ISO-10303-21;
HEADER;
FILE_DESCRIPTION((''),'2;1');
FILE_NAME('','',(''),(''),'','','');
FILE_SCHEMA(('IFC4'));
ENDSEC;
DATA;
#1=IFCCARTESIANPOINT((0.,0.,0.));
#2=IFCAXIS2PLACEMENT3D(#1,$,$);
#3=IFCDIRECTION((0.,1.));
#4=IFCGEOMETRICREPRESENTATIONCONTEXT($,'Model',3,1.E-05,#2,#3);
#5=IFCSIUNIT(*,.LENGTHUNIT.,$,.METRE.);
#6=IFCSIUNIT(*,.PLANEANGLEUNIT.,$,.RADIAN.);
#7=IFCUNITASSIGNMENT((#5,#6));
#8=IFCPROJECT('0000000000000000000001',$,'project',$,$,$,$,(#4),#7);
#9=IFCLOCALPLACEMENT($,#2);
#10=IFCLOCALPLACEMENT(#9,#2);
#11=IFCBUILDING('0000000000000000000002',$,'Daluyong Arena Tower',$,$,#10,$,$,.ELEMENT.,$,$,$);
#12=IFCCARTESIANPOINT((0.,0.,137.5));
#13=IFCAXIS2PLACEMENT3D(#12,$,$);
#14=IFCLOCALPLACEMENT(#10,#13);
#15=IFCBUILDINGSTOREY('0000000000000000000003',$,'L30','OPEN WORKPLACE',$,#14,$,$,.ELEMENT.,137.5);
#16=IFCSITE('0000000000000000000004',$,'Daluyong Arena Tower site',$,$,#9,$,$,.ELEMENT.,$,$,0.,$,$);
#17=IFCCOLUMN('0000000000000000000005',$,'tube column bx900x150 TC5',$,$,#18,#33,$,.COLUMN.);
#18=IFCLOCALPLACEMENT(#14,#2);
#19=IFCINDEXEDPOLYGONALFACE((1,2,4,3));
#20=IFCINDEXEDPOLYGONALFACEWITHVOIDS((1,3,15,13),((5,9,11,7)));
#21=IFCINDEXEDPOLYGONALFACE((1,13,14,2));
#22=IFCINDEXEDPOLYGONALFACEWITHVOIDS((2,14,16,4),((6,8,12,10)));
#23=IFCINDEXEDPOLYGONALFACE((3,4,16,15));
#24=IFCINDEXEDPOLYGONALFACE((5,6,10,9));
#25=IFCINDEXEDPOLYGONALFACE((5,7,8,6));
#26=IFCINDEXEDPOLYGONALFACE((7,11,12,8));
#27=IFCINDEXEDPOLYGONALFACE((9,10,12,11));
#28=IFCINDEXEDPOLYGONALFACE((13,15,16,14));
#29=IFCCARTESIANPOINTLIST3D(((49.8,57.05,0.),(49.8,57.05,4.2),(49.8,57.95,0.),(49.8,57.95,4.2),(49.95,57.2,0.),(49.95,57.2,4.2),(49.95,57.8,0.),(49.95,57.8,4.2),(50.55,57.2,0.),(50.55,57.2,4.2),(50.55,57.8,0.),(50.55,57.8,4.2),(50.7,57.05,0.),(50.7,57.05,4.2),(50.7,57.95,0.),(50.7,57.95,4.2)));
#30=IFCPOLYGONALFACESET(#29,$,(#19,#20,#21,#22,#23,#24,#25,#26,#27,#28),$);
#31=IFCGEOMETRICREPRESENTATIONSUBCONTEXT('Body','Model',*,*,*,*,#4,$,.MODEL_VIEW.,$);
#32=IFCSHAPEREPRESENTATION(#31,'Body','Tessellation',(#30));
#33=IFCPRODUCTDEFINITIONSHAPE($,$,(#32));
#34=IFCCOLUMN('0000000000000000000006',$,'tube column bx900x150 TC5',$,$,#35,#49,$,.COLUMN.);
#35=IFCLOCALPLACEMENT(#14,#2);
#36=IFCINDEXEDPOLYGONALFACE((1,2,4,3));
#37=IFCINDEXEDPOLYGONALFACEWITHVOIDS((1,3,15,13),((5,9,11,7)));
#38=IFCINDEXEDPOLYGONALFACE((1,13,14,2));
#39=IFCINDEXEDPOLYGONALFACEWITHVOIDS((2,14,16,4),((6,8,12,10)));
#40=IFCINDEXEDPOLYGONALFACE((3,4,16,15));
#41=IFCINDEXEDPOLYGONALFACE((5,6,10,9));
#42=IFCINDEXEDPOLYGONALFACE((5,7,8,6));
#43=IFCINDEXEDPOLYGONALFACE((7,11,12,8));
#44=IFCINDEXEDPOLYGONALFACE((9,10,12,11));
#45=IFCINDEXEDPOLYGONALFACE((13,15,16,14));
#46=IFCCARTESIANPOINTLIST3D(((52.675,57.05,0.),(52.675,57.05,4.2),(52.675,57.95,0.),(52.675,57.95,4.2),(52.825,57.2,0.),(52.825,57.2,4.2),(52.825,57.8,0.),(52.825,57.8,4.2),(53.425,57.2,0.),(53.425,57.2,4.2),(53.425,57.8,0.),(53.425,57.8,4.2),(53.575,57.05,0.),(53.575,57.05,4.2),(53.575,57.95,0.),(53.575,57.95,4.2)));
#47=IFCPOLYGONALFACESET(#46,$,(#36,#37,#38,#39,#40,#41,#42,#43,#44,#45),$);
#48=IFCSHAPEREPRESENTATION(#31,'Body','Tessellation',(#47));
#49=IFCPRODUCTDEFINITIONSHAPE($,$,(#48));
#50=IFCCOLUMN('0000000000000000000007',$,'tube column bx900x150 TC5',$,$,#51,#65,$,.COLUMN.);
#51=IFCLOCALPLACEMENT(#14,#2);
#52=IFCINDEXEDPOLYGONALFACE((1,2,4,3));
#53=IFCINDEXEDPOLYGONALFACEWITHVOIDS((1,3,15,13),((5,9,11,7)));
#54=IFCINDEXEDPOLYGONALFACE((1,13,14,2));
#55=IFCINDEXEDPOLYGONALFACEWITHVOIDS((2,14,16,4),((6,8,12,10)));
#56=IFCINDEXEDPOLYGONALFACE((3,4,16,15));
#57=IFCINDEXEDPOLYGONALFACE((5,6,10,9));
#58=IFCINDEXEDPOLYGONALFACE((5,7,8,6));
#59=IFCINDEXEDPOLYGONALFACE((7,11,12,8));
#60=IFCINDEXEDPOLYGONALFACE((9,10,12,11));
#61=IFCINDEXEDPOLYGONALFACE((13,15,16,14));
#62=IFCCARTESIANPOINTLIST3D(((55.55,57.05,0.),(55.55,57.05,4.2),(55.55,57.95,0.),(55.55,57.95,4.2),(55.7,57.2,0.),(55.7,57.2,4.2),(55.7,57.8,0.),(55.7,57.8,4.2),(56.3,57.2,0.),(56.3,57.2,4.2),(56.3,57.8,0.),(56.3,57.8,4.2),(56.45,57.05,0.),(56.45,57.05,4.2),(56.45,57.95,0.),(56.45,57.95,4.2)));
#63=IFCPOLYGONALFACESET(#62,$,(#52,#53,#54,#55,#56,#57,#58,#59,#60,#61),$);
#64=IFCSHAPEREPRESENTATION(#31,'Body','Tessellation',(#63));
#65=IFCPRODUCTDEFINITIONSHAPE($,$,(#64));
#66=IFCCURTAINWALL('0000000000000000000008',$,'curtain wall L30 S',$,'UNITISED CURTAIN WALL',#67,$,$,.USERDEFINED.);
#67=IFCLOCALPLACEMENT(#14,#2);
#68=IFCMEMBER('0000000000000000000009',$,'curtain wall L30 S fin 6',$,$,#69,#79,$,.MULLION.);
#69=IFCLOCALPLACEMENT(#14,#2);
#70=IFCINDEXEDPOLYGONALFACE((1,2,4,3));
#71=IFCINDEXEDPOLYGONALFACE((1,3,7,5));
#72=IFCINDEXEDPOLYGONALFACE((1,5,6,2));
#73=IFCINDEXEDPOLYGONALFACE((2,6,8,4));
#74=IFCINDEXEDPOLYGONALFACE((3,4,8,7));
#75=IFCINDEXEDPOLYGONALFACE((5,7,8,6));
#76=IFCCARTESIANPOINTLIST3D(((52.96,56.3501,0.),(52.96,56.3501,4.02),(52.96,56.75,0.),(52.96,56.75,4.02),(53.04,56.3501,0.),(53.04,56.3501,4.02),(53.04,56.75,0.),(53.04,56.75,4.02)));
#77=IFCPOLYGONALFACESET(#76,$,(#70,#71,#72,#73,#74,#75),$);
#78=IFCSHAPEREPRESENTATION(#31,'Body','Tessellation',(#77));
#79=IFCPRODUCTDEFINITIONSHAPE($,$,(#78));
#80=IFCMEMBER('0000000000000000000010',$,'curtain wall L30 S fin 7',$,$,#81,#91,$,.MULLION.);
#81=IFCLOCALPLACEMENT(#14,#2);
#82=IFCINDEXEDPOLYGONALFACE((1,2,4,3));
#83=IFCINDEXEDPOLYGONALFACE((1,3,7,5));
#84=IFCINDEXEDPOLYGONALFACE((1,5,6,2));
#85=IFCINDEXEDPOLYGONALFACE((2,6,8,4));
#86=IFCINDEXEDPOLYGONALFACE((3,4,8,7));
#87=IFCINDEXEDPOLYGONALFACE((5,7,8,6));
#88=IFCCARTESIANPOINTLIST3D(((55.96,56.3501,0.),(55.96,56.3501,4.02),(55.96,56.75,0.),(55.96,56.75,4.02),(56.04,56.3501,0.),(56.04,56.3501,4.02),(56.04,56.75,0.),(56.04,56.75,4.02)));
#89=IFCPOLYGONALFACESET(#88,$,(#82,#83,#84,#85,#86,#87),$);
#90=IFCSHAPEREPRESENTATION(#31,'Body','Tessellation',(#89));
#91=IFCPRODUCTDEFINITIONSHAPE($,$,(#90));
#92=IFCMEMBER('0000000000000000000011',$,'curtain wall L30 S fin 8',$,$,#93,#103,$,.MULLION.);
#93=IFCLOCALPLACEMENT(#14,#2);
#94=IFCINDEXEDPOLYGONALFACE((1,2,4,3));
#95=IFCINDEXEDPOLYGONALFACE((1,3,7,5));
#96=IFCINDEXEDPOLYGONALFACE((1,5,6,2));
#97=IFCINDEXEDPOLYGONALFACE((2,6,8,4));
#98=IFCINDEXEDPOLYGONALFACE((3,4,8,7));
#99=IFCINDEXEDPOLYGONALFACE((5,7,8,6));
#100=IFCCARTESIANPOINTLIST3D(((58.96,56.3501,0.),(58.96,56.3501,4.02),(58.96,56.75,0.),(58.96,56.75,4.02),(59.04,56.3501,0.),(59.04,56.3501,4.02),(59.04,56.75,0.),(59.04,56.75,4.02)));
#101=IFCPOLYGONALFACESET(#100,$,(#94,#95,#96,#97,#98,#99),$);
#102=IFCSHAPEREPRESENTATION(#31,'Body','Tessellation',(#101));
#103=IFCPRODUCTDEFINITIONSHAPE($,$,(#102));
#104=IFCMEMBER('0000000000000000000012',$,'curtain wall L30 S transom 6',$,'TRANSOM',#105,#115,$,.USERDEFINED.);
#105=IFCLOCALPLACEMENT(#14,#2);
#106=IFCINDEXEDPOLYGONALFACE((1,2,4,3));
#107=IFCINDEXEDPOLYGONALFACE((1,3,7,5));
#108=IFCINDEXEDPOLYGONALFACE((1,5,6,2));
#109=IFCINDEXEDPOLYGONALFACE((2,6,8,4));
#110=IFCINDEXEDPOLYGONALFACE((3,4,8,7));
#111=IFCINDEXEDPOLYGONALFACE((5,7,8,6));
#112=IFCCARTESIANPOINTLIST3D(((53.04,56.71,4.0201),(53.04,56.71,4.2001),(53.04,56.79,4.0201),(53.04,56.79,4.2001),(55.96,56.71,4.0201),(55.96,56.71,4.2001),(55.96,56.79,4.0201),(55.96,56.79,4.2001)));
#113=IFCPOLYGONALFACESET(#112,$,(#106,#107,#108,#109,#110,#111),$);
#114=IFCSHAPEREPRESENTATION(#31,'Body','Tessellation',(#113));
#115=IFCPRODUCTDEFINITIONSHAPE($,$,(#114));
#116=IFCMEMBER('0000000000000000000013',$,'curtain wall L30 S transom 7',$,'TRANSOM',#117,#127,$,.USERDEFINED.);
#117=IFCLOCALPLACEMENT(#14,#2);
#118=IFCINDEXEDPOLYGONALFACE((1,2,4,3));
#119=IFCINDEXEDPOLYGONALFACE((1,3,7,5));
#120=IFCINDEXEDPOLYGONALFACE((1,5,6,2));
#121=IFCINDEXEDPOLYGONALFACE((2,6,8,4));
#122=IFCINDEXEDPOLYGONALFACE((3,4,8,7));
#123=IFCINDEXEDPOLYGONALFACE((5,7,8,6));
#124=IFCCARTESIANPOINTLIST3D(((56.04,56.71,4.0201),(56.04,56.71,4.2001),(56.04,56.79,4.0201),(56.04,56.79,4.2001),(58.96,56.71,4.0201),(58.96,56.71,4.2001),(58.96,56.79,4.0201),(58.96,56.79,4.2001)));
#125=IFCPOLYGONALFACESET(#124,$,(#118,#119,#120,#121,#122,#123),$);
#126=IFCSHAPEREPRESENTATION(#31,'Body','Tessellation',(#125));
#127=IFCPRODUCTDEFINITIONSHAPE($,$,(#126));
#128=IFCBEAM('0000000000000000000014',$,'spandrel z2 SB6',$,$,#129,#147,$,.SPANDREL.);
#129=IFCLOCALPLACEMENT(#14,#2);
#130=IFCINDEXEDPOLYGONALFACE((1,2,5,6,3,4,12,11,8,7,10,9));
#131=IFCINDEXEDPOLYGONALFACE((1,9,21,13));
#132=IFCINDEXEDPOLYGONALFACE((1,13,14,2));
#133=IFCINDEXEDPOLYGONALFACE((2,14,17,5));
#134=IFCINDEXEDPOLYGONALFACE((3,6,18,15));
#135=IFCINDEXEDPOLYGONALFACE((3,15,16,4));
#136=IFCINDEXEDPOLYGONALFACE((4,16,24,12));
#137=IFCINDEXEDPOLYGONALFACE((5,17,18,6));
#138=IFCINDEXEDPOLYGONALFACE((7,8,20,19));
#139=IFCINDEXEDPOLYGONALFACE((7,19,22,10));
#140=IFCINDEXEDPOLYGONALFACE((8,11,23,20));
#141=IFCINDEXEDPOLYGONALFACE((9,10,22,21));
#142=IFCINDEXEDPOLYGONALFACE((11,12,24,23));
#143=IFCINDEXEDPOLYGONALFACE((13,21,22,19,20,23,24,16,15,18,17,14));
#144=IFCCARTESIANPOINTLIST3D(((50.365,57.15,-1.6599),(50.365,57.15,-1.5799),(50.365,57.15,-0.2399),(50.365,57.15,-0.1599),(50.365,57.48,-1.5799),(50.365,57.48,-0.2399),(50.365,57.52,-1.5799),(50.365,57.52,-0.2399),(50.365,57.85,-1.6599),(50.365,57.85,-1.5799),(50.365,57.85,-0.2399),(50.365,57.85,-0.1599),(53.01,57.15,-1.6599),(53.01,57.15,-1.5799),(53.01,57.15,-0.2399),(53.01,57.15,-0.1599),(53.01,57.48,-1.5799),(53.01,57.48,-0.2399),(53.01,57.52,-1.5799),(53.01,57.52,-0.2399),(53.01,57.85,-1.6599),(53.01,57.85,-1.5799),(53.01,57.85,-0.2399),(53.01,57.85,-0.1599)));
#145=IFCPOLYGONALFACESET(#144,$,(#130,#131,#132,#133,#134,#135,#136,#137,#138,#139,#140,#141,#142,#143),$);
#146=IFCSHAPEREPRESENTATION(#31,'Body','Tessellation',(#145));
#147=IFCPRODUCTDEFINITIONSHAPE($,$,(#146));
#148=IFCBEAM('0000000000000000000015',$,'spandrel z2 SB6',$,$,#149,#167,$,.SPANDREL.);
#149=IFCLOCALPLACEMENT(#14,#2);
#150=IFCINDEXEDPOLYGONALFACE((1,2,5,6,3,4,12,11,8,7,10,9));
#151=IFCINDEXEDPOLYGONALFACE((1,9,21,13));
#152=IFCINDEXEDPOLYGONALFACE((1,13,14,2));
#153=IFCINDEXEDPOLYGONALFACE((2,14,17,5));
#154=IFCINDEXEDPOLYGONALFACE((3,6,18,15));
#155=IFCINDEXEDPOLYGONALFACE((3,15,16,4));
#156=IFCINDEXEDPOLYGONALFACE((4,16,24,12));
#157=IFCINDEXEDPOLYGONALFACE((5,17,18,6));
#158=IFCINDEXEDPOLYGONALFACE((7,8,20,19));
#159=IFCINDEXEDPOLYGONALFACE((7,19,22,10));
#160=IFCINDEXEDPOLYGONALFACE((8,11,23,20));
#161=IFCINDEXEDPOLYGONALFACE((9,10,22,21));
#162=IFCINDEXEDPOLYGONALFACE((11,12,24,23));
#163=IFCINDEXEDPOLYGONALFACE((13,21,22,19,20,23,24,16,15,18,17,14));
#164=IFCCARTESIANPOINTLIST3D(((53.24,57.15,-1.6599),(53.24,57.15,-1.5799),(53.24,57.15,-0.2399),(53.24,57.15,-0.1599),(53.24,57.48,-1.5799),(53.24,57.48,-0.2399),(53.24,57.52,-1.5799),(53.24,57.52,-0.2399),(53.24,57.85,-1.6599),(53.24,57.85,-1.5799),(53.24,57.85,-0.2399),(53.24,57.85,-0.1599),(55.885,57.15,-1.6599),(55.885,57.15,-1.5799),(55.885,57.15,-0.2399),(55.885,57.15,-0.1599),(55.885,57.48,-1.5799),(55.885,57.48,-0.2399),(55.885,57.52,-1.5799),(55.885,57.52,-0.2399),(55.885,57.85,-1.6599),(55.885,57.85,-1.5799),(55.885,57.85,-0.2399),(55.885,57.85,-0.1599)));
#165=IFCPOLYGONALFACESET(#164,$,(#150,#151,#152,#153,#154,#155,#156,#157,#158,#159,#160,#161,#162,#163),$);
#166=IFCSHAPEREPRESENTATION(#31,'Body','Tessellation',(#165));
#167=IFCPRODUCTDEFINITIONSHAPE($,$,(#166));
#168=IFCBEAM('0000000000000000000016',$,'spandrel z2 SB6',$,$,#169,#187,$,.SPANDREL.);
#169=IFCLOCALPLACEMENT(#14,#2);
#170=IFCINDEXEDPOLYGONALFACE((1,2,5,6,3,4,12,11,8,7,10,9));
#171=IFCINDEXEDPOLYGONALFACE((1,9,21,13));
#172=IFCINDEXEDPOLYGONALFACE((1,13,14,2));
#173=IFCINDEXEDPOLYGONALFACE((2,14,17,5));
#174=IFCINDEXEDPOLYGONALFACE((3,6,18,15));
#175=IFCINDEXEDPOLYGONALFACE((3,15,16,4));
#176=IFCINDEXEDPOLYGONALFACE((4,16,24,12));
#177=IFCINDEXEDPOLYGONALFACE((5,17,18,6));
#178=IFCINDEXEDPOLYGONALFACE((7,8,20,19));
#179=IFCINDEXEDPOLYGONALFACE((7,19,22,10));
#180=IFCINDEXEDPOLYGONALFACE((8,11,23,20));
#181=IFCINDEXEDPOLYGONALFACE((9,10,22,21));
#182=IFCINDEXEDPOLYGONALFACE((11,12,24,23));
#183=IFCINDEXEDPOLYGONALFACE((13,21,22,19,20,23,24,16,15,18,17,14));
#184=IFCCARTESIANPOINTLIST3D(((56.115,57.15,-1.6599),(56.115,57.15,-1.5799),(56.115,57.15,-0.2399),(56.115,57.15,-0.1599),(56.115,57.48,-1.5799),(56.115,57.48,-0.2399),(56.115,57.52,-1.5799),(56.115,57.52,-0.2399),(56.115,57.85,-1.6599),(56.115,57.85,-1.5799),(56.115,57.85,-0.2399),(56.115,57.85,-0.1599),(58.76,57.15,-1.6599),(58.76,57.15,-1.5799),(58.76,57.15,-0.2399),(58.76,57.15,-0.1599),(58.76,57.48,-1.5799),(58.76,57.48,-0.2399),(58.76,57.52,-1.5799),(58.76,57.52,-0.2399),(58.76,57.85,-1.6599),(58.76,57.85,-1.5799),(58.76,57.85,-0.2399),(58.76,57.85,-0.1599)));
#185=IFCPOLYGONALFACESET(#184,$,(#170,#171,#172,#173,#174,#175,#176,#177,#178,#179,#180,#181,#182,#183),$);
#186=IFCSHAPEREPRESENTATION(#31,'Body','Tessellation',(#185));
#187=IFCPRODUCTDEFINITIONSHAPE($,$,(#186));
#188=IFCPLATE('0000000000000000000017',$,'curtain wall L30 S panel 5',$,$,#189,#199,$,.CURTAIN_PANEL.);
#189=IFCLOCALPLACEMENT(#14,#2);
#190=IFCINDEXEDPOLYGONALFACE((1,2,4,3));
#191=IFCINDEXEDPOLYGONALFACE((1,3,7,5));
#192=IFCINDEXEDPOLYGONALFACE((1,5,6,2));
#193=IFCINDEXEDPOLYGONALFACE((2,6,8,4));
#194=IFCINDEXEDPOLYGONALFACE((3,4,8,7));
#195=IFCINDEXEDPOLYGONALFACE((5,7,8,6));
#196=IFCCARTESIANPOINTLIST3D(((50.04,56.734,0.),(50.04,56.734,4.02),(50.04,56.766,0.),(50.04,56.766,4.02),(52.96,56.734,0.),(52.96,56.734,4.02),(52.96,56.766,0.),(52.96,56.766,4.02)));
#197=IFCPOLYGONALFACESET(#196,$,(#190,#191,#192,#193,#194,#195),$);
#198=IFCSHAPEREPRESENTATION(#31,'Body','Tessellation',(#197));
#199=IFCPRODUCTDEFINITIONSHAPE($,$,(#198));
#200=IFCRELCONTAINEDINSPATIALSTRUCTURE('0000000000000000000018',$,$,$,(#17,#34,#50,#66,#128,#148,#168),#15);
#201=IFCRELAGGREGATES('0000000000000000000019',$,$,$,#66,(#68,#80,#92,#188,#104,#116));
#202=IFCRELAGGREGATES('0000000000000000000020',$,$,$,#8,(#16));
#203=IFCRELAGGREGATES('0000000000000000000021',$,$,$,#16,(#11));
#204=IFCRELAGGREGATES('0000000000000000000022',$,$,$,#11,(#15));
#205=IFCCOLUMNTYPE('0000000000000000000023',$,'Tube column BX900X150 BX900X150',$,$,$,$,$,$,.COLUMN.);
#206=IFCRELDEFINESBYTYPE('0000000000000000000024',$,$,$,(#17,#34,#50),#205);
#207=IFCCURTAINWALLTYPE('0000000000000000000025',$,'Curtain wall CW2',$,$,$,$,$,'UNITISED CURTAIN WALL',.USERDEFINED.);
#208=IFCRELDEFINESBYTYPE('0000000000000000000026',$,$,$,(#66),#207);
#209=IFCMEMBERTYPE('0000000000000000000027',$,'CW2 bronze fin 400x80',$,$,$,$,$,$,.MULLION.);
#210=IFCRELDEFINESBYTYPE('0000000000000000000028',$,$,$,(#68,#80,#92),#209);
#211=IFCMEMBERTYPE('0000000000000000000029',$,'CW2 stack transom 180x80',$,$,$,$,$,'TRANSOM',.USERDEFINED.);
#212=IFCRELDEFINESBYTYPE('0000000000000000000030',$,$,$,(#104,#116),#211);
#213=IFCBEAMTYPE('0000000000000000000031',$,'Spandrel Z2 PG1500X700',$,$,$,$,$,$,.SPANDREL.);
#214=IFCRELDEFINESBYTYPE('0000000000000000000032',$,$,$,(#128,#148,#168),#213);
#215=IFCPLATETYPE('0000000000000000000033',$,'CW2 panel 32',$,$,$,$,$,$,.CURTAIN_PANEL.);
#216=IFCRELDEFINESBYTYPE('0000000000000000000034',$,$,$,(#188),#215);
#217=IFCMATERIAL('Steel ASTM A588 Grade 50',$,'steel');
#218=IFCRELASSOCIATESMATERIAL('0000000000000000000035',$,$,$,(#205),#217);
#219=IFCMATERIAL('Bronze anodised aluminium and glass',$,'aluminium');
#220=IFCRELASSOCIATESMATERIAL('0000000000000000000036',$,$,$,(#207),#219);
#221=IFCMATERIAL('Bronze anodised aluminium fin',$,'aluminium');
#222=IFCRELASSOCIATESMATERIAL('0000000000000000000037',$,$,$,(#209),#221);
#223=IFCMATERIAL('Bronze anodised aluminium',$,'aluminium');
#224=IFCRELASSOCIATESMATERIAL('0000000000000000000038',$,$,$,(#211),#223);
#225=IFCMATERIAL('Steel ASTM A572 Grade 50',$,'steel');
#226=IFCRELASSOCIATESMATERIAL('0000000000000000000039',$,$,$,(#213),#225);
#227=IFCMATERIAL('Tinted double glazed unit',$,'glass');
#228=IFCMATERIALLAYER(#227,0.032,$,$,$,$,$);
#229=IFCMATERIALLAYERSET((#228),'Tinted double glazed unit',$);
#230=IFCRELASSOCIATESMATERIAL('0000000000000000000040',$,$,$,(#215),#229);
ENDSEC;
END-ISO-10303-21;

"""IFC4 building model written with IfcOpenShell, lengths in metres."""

from ifc_helpers import new_model, si_unit, direction, frame, origin, origin_2d, place, context, subcontext, project, spatial, rectangle, hollow_rectangle, i_section, extrude, material, layer, layer_set, material_profile, profile_set, type_object, element, aggregate, save


model = new_model("IFC4")

# Units and contexts
model_context = context("Model", 3, precision=1e-05, world=origin(), true_north=direction((0.0, 1.0)))
body_context = subcontext(model_context, "Body", "Model", "MODEL_VIEW")
ifc_project = project(units=[si_unit("LENGTHUNIT", "METRE"), si_unit("PLANEANGLEUNIT", "RADIAN")], contexts=[model_context])

# Site, building, storey
site_placement = place(None, origin())
site = spatial("IfcSite", under=ifc_project, at=site_placement, Name="Daluyong Arena Tower site", CompositionType="ELEMENT", RefElevation=0.0)
building_placement = place(site_placement, origin())
building = spatial("IfcBuilding", under=site, at=building_placement, Name="Daluyong Arena Tower", CompositionType="ELEMENT")
storey_placement = place(building_placement, frame((0.0, 0.0, 137.5)))
storey = spatial("IfcBuildingStorey", under=building, at=storey_placement, Name="L30", Description="OPEN WORKPLACE", CompositionType="ELEMENT", Elevation=137.5)

# Columns
ifc_material_1 = material(Name="Steel ASTM A588 Grade 50", Category="steel")
ifc_material_profile_1 = material_profile(ifc_material_1, hollow_rectangle(XDim=0.8999, YDim=0.8999, WallThickness=0.15, at=origin_2d()))
ifc_profile_set_1 = profile_set([ifc_material_profile_1], Name="Steel ASTM A588 Grade 50")
column_type = type_object("IfcColumnType", Name="Tube column BX900X150 BX900X150", PredefinedType="COLUMN", material=ifc_profile_set_1)
for number, where, z_axis, x_axis, name in (
    (1, (50.25, 57.5, 0.0), (0.0, 0.0, 1.0), (1.0, 0.0, 0.0), "tube column bx900x150 TC5"),
    (2, (53.125, 57.5, 0.0), (0.0, 0.0, 1.0), (1.0, 0.0, 0.0), "tube column bx900x150 TC5"),
    (3, (56.0, 57.5, 0.0), (0.0, 0.0, 1.0), (1.0, 0.0, 0.0), "tube column bx900x150 TC5"),
):
    element("IfcColumn", number, at=place(storey_placement, frame(where, z_axis=z_axis, x_axis=x_axis)), inside=storey, type_object=column_type, Name=name, PredefinedType="COLUMN", context=body_context, shape_type="SweptSolid", body=[
        extrude(hollow_rectangle(XDim=0.8999, YDim=0.8999, WallThickness=0.15, at=origin_2d()), origin(), (0.0, 0.0, 1.0), 4.2),
    ])

# Curtain wall, members
ifc_material_2 = material(Name="Bronze anodised aluminium and glass", Category="aluminium")
curtain_wall_type = type_object("IfcCurtainWallType", Name="Curtain wall CW2", ElementType="UNITISED CURTAIN WALL", PredefinedType="USERDEFINED", material=ifc_material_2)
curtain_wall_placement = place(storey_placement, origin())
curtain_wall = element("IfcCurtainWall", 4, at=curtain_wall_placement, inside=storey, type_object=curtain_wall_type, Name="curtain wall L30 S", ObjectType="UNITISED CURTAIN WALL", PredefinedType="USERDEFINED")
ifc_material_3 = material(Name="Bronze anodised aluminium fin", Category="aluminium")
ifc_material_profile_2 = material_profile(ifc_material_3, rectangle(XDim=0.3999, YDim=0.0801, at=origin_2d()))
ifc_profile_set_2 = profile_set([ifc_material_profile_2], Name="Bronze anodised aluminium fin")
member_type_1 = type_object("IfcMemberType", Name="CW2 bronze fin 400x80", PredefinedType="MULLION", material=ifc_profile_set_2)
member_1_placement = place(storey_placement, frame((53.0, 56.55, 0.0), z_axis=(0.0, 0.0, 1.0), x_axis=(0.0, 1.0, 0.0)))
member_1 = element("IfcMember", 5, at=member_1_placement, type_object=member_type_1, Name="curtain wall L30 S fin 6", PredefinedType="MULLION", context=body_context, shape_type="SweptSolid", body=[
    extrude(rectangle(XDim=0.3999, YDim=0.0801, at=origin_2d()), origin(), (0.0, 0.0, 1.0), 4.02),
])
member_2_placement = place(storey_placement, frame((56.0, 56.55, 0.0), z_axis=(0.0, 0.0, 1.0), x_axis=(0.0, 1.0, 0.0)))
member_2 = element("IfcMember", 6, at=member_2_placement, type_object=member_type_1, Name="curtain wall L30 S fin 7", PredefinedType="MULLION", context=body_context, shape_type="SweptSolid", body=[
    extrude(rectangle(XDim=0.3999, YDim=0.0801, at=origin_2d()), origin(), (0.0, 0.0, 1.0), 4.02),
])
member_3_placement = place(storey_placement, frame((59.0, 56.55, 0.0), z_axis=(0.0, 0.0, 1.0), x_axis=(0.0, 1.0, 0.0)))
member_3 = element("IfcMember", 7, at=member_3_placement, type_object=member_type_1, Name="curtain wall L30 S fin 8", PredefinedType="MULLION", context=body_context, shape_type="SweptSolid", body=[
    extrude(rectangle(XDim=0.3999, YDim=0.0801, at=origin_2d()), origin(), (0.0, 0.0, 1.0), 4.02),
])
ifc_material_4 = material(Name="Bronze anodised aluminium", Category="aluminium")
ifc_material_profile_3 = material_profile(ifc_material_4, rectangle(XDim=0.0801, YDim=0.1799, at=origin_2d()))
ifc_profile_set_3 = profile_set([ifc_material_profile_3], Name="Bronze anodised aluminium")
member_type_2 = type_object("IfcMemberType", Name="CW2 stack transom 180x80", ElementType="TRANSOM", PredefinedType="USERDEFINED", material=ifc_profile_set_3)
member_4_placement = place(storey_placement, frame((53.04, 56.75, 4.1101), z_axis=(1.0, 0.0, 0.0), x_axis=(0.0, 1.0, 0.0)))
member_4 = element("IfcMember", 8, at=member_4_placement, type_object=member_type_2, Name="curtain wall L30 S transom 6", ObjectType="TRANSOM", PredefinedType="USERDEFINED", context=body_context, shape_type="SweptSolid", body=[
    extrude(rectangle(XDim=0.0801, YDim=0.1799, at=origin_2d()), origin(), (0.0, 0.0, 1.0), 2.9199),
])
member_5_placement = place(storey_placement, frame((56.04, 56.75, 4.1101), z_axis=(1.0, 0.0, 0.0), x_axis=(0.0, 1.0, 0.0)))
member_5 = element("IfcMember", 9, at=member_5_placement, type_object=member_type_2, Name="curtain wall L30 S transom 7", ObjectType="TRANSOM", PredefinedType="USERDEFINED", context=body_context, shape_type="SweptSolid", body=[
    extrude(rectangle(XDim=0.0801, YDim=0.1799, at=origin_2d()), origin(), (0.0, 0.0, 1.0), 2.9199),
])

# Beams
ifc_material_5 = material(Name="Steel ASTM A572 Grade 50", Category="steel")
ifc_material_profile_4 = material_profile(ifc_material_5, i_section(OverallWidth=0.7, OverallDepth=1.5, WebThickness=0.04, FlangeThickness=0.08, at=origin_2d()))
ifc_profile_set_4 = profile_set([ifc_material_profile_4], Name="Steel ASTM A572 Grade 50")
beam_type = type_object("IfcBeamType", Name="Spandrel Z2 PG1500X700", PredefinedType="SPANDREL", material=ifc_profile_set_4)
for number, where, z_axis, x_axis, name in (
    (10, (50.365, 57.5, -0.9099), (1.0, 0.0, 0.0), (0.0, 1.0, 0.0), "spandrel z2 SB6"),
    (11, (53.24, 57.5, -0.9099), (1.0, 0.0, 0.0), (0.0, 1.0, 0.0), "spandrel z2 SB6"),
    (12, (56.115, 57.5, -0.9099), (1.0, 0.0, 0.0), (0.0, 1.0, 0.0), "spandrel z2 SB6"),
):
    element("IfcBeam", number, at=place(storey_placement, frame(where, z_axis=z_axis, x_axis=x_axis)), inside=storey, type_object=beam_type, Name=name, PredefinedType="SPANDREL", context=body_context, shape_type="SweptSolid", body=[
        extrude(i_section(OverallWidth=0.7, OverallDepth=1.5, WebThickness=0.04, FlangeThickness=0.08, at=origin_2d()), origin(), (0.0, 0.0, 1.0), 2.645),
    ])

# Plate
ifc_material_6 = material(Name="Tinted double glazed unit", Category="glass")
ifc_layer = layer(ifc_material_6, 0.032)
ifc_layer_set = layer_set([ifc_layer], Name="Tinted double glazed unit")
plate_type = type_object("IfcPlateType", Name="CW2 panel 32", PredefinedType="CURTAIN_PANEL", material=ifc_layer_set)
plate_1_placement = place(storey_placement, frame((51.5, 56.75, 0.0), z_axis=(0.0, 0.0, 1.0), x_axis=(1.0, 0.0, 0.0)))
plate_1 = element("IfcPlate", 13, at=plate_1_placement, type_object=plate_type, Name="curtain wall L30 S panel 5", PredefinedType="CURTAIN_PANEL", context=body_context, shape_type="SweptSolid", body=[
    extrude(rectangle(XDim=2.9199, YDim=0.032, at=origin_2d()), origin(), (0.0, 0.0, 1.0), 4.02),
])
aggregate(curtain_wall, [member_1, member_2, member_3, plate_1, member_4, member_5])

save(model, "model.ifc")
